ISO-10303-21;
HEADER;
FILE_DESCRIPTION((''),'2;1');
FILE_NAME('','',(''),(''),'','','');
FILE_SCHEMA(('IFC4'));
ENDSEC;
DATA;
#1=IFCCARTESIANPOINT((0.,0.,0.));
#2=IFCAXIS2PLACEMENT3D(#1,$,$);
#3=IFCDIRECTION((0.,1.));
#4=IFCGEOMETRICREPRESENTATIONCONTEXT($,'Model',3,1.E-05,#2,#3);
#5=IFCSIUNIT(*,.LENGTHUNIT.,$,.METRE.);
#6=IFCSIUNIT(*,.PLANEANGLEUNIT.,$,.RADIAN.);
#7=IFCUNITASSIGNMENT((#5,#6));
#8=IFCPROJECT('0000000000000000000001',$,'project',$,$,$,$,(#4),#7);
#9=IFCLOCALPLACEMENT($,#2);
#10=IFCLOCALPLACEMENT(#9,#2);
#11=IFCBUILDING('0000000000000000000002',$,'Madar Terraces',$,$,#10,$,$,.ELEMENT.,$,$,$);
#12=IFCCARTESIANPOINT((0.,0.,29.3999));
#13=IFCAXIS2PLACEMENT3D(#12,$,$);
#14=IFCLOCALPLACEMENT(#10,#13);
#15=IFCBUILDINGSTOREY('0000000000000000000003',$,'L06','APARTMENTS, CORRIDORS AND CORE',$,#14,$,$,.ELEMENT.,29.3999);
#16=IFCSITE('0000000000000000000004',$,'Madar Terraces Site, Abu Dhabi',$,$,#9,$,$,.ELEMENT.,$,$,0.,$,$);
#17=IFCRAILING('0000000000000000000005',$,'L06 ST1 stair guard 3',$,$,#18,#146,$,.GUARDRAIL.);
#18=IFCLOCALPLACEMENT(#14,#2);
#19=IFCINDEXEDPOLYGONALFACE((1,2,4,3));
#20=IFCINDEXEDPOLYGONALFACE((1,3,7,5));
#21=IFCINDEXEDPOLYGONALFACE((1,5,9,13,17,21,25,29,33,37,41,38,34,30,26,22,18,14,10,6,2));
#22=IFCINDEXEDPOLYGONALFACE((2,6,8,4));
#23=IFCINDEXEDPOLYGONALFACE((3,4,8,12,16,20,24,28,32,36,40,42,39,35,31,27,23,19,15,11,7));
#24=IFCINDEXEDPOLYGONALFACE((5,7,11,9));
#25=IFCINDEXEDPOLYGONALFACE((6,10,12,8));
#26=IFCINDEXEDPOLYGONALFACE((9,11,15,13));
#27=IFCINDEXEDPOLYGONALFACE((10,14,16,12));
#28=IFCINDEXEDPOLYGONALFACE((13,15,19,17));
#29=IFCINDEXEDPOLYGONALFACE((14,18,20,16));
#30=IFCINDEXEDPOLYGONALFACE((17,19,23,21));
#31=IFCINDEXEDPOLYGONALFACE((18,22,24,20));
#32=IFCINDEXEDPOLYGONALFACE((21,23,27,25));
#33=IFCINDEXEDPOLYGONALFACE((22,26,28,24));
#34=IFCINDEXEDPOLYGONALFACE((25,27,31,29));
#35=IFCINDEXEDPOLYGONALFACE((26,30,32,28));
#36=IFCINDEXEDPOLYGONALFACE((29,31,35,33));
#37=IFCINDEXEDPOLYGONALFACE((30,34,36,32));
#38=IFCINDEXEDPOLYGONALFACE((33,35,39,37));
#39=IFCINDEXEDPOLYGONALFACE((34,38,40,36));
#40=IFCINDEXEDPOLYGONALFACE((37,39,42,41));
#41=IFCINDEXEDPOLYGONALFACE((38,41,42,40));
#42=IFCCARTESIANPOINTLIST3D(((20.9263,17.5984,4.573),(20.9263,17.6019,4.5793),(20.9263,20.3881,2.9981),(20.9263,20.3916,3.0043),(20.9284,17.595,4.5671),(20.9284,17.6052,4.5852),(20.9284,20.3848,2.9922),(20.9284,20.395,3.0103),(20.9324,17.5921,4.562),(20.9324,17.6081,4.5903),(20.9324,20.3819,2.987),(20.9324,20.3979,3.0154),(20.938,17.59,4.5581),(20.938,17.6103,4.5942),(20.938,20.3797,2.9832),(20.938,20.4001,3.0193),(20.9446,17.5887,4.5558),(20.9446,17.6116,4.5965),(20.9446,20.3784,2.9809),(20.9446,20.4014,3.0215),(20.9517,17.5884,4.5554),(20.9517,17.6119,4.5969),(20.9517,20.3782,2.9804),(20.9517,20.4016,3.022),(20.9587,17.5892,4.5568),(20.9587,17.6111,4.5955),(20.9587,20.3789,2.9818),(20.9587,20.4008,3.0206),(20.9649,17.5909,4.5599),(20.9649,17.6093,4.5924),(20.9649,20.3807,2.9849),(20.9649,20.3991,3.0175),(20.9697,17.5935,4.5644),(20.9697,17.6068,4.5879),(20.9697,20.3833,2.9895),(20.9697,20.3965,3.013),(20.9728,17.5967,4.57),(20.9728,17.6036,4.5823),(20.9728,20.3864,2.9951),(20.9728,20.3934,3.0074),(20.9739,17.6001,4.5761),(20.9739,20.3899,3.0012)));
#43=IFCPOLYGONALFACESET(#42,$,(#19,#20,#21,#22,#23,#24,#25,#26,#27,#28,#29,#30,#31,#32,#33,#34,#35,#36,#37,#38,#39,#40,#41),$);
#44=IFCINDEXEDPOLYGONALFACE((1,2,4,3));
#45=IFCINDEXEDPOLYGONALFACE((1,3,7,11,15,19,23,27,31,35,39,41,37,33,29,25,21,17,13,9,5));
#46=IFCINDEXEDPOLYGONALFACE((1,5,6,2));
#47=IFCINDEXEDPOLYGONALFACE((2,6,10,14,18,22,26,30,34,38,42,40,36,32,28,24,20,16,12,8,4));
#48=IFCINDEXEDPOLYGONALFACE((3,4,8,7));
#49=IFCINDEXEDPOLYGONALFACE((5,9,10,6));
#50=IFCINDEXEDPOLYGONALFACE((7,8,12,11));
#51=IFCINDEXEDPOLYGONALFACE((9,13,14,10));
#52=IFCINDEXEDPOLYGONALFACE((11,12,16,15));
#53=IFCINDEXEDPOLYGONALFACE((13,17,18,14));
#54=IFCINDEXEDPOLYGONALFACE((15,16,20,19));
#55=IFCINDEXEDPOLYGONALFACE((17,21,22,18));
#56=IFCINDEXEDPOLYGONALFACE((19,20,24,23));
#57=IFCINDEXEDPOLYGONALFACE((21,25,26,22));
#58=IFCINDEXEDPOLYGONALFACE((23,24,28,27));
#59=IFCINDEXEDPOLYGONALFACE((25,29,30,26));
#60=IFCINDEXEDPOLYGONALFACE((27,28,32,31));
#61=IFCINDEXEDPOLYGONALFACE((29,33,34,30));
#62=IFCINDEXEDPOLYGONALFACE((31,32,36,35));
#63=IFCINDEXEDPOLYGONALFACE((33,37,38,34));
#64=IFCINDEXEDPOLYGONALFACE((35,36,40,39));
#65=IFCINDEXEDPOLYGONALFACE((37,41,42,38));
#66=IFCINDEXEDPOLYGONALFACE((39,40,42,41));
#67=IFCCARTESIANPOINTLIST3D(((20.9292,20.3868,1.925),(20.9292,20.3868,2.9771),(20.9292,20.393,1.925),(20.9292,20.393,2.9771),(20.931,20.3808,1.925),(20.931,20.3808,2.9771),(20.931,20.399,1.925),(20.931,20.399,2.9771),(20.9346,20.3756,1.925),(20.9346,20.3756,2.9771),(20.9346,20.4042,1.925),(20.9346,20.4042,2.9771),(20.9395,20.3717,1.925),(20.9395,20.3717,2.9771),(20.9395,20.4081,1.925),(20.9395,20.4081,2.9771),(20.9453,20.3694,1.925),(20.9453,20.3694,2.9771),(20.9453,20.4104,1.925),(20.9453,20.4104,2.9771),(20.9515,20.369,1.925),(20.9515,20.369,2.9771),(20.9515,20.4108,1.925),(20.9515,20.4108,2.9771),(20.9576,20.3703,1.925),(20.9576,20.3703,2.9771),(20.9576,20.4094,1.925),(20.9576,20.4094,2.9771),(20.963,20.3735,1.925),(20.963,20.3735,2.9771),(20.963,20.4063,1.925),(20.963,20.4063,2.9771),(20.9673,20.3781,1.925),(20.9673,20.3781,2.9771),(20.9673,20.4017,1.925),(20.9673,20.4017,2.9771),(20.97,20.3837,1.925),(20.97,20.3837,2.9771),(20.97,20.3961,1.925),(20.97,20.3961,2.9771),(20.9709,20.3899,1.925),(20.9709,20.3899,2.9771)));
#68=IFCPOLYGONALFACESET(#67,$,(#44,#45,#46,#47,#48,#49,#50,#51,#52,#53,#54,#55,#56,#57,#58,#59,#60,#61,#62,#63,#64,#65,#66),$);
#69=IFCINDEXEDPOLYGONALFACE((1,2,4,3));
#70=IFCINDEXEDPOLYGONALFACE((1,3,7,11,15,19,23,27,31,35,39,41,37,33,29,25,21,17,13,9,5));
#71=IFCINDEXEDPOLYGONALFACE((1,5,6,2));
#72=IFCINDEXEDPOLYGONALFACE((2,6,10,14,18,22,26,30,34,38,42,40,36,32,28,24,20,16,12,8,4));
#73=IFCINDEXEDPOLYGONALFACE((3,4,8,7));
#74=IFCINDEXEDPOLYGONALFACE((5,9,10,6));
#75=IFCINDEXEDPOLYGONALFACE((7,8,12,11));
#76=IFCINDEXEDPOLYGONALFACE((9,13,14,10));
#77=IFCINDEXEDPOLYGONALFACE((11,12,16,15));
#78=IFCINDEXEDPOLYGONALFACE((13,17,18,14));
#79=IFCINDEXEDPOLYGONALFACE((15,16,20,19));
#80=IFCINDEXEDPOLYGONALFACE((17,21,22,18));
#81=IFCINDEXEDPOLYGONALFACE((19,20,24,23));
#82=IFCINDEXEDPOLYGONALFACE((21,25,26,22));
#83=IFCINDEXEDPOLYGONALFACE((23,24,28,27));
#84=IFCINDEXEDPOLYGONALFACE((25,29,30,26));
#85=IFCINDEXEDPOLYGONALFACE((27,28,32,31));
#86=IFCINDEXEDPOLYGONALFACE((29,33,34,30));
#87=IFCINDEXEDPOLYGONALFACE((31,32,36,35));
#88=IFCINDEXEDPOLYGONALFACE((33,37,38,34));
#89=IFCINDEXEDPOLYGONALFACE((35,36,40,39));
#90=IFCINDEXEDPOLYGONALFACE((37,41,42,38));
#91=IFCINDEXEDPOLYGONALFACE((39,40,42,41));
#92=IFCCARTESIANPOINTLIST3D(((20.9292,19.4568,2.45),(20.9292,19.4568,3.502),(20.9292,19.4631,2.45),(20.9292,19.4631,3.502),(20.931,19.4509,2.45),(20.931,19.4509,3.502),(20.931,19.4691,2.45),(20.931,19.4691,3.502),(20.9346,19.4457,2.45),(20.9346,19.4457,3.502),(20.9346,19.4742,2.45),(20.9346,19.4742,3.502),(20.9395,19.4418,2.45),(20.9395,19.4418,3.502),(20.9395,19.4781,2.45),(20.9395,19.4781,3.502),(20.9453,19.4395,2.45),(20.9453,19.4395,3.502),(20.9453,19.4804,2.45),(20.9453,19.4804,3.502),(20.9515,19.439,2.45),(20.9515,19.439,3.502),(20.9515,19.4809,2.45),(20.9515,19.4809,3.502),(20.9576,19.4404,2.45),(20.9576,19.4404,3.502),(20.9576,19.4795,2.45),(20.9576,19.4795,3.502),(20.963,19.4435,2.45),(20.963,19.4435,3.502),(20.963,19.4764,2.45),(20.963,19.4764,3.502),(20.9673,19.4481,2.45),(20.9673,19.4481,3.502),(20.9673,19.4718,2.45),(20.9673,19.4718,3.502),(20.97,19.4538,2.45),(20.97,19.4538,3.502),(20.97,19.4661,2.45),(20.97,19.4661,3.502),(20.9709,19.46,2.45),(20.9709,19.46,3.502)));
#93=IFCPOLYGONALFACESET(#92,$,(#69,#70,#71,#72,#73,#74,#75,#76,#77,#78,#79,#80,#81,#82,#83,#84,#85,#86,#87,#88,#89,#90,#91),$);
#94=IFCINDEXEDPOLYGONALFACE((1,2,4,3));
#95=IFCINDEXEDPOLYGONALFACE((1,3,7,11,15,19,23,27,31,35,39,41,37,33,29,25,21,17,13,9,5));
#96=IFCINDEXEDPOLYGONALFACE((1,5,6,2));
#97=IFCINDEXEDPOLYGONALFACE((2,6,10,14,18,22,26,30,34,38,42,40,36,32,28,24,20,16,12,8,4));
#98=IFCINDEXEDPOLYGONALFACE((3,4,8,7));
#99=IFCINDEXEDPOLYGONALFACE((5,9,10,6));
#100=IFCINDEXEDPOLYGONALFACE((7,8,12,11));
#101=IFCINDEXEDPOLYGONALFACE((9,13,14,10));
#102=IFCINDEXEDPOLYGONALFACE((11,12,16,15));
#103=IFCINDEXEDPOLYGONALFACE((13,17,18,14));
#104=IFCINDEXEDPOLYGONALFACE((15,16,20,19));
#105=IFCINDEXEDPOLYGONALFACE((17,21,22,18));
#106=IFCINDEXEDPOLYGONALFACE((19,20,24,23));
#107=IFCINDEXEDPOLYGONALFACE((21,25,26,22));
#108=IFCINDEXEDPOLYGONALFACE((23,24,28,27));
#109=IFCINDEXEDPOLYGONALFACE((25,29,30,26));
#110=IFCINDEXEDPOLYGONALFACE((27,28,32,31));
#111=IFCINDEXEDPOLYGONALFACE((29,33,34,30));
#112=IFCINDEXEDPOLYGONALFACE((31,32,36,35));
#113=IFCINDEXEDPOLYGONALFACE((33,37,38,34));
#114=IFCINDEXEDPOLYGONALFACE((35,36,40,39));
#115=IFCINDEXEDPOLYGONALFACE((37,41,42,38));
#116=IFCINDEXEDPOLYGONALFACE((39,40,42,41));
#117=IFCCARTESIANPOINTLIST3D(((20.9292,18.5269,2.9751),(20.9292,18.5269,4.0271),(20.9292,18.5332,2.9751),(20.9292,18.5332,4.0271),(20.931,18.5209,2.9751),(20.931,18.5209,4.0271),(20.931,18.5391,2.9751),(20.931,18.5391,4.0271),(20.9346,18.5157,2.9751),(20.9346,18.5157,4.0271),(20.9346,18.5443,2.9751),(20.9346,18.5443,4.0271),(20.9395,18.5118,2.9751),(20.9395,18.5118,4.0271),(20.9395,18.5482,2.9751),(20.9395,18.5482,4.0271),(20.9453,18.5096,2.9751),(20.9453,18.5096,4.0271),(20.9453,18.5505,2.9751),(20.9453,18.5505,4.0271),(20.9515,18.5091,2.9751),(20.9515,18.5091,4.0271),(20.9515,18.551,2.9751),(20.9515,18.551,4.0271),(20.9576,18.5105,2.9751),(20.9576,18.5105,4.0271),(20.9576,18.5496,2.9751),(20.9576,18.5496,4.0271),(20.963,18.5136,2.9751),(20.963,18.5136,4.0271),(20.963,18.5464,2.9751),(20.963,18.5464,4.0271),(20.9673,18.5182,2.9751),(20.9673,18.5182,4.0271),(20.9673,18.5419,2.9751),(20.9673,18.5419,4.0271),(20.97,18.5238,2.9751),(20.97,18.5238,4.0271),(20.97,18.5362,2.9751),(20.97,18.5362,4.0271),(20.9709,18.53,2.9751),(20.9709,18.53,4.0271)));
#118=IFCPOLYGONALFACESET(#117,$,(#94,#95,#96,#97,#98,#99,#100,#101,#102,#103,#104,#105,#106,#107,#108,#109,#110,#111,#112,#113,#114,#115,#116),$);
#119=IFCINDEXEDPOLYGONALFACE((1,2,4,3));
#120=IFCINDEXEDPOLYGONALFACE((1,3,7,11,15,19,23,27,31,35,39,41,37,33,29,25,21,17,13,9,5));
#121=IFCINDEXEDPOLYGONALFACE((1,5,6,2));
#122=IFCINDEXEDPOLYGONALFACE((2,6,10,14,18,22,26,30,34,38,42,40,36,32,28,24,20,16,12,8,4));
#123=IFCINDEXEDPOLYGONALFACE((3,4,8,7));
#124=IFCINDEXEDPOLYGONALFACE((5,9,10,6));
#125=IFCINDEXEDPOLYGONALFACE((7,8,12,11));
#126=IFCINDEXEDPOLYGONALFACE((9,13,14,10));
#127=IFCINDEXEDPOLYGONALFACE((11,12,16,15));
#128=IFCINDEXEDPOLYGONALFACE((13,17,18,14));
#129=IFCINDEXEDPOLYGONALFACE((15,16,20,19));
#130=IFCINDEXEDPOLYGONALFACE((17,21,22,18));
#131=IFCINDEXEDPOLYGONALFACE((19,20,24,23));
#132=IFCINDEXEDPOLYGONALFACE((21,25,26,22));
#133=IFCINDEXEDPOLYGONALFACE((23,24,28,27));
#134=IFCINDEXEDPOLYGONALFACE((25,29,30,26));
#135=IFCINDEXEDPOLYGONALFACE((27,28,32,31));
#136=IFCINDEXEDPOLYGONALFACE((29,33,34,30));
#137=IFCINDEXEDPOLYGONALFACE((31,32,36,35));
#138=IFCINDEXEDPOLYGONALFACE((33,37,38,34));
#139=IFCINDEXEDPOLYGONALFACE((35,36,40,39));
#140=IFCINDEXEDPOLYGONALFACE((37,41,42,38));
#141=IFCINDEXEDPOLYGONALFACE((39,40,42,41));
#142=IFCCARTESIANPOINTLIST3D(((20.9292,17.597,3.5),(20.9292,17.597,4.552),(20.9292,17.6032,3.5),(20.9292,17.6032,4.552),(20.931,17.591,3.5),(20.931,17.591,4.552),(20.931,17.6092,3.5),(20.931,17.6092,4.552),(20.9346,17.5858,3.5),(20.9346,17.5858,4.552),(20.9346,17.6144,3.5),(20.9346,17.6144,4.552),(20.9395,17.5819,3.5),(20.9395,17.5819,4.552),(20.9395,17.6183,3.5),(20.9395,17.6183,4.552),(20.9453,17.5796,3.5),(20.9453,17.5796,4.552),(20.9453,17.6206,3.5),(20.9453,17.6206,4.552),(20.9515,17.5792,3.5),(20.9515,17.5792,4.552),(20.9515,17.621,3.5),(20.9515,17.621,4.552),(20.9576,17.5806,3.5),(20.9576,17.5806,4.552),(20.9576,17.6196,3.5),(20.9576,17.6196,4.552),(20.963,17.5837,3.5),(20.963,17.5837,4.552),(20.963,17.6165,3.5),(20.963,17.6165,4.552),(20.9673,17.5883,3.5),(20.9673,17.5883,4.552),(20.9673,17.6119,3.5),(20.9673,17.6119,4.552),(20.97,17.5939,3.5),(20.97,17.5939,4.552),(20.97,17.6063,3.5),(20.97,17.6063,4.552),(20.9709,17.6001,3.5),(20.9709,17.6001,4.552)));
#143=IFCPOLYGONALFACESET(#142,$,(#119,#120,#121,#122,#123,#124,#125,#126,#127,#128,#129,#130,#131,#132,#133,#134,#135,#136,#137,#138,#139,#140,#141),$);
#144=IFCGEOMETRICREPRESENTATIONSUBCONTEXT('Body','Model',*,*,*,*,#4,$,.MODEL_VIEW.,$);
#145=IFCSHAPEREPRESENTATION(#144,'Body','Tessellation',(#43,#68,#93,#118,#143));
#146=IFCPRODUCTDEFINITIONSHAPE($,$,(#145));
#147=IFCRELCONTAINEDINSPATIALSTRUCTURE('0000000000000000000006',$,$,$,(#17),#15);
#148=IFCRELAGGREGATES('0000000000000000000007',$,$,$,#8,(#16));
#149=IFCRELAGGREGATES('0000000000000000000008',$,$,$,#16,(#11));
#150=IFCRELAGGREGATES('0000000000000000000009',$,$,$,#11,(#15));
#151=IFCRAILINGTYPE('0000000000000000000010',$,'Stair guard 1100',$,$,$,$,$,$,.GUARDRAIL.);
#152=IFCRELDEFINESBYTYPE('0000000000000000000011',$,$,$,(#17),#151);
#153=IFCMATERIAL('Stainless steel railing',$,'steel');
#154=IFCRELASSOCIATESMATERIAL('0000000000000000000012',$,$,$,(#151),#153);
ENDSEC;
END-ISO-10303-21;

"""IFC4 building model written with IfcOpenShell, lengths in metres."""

from ifc_helpers import new_model, si_unit, direction, frame, origin, origin_2d, place, context, subcontext, project, spatial, circle, extrude, material, type_object, element, save


model = new_model("IFC4")

# Units and contexts
model_context = context("Model", 3, precision=1e-05, world=origin(), true_north=direction((0.0, 1.0)))
body_context = subcontext(model_context, "Body", "Model", "MODEL_VIEW")
ifc_project = project(units=[si_unit("LENGTHUNIT", "METRE"), si_unit("PLANEANGLEUNIT", "RADIAN")], contexts=[model_context])

# Site, building, storey
site_placement = place(None, origin())
site = spatial("IfcSite", under=ifc_project, at=site_placement, Name="Madar Terraces Site, Abu Dhabi", CompositionType="ELEMENT", RefElevation=0.0)
building_placement = place(site_placement, origin())
building = spatial("IfcBuilding", under=site, at=building_placement, Name="Madar Terraces", CompositionType="ELEMENT")
storey_placement = place(building_placement, frame((0.0, 0.0, 29.3999)))
storey = spatial("IfcBuildingStorey", under=building, at=storey_placement, Name="L06", Description="APARTMENTS, CORRIDORS AND CORE", CompositionType="ELEMENT", Elevation=29.3999)

# Railing
ifc_material_1 = material(Name="Stainless steel railing", Category="steel")
railing_type_1 = type_object("IfcRailingType", Name="Stair guard 1100", PredefinedType="GUARDRAIL", material=ifc_material_1)
railing_1_placement = place(storey_placement, frame((20.95, 20.3899, 1.925)))
element("IfcRailing", 1, at=railing_1_placement, inside=storey, type_object=railing_type_1, Name="L06 ST1 stair guard 3", PredefinedType="GUARDRAIL", context=body_context, shape_type="SweptSolid", body=[
    extrude(circle(Radius=0.0239, at=origin_2d()), frame((0.0, 0.0, 1.0762), z_axis=(0.0, -0.870815, 0.49161), x_axis=(1.0, 0.0, 0.0)), (0.0, 0.0, 1.0), 3.2036),
    extrude(circle(Radius=0.021, at=origin_2d()), origin(), (0.0, 0.0, 1.0), 1.052),
    extrude(circle(Radius=0.021, at=origin_2d()), frame((0.0, -0.9299, 0.5249)), (0.0, 0.0, 1.0), 1.052),
    extrude(circle(Radius=0.021, at=origin_2d()), frame((0.0, -1.8599, 1.05)), (0.0, 0.0, 1.0), 1.052),
    extrude(circle(Radius=0.021, at=origin_2d()), frame((0.0, -2.7898, 1.575)), (0.0, 0.0, 1.0), 1.052),
])

save(model, "model.ifc")
